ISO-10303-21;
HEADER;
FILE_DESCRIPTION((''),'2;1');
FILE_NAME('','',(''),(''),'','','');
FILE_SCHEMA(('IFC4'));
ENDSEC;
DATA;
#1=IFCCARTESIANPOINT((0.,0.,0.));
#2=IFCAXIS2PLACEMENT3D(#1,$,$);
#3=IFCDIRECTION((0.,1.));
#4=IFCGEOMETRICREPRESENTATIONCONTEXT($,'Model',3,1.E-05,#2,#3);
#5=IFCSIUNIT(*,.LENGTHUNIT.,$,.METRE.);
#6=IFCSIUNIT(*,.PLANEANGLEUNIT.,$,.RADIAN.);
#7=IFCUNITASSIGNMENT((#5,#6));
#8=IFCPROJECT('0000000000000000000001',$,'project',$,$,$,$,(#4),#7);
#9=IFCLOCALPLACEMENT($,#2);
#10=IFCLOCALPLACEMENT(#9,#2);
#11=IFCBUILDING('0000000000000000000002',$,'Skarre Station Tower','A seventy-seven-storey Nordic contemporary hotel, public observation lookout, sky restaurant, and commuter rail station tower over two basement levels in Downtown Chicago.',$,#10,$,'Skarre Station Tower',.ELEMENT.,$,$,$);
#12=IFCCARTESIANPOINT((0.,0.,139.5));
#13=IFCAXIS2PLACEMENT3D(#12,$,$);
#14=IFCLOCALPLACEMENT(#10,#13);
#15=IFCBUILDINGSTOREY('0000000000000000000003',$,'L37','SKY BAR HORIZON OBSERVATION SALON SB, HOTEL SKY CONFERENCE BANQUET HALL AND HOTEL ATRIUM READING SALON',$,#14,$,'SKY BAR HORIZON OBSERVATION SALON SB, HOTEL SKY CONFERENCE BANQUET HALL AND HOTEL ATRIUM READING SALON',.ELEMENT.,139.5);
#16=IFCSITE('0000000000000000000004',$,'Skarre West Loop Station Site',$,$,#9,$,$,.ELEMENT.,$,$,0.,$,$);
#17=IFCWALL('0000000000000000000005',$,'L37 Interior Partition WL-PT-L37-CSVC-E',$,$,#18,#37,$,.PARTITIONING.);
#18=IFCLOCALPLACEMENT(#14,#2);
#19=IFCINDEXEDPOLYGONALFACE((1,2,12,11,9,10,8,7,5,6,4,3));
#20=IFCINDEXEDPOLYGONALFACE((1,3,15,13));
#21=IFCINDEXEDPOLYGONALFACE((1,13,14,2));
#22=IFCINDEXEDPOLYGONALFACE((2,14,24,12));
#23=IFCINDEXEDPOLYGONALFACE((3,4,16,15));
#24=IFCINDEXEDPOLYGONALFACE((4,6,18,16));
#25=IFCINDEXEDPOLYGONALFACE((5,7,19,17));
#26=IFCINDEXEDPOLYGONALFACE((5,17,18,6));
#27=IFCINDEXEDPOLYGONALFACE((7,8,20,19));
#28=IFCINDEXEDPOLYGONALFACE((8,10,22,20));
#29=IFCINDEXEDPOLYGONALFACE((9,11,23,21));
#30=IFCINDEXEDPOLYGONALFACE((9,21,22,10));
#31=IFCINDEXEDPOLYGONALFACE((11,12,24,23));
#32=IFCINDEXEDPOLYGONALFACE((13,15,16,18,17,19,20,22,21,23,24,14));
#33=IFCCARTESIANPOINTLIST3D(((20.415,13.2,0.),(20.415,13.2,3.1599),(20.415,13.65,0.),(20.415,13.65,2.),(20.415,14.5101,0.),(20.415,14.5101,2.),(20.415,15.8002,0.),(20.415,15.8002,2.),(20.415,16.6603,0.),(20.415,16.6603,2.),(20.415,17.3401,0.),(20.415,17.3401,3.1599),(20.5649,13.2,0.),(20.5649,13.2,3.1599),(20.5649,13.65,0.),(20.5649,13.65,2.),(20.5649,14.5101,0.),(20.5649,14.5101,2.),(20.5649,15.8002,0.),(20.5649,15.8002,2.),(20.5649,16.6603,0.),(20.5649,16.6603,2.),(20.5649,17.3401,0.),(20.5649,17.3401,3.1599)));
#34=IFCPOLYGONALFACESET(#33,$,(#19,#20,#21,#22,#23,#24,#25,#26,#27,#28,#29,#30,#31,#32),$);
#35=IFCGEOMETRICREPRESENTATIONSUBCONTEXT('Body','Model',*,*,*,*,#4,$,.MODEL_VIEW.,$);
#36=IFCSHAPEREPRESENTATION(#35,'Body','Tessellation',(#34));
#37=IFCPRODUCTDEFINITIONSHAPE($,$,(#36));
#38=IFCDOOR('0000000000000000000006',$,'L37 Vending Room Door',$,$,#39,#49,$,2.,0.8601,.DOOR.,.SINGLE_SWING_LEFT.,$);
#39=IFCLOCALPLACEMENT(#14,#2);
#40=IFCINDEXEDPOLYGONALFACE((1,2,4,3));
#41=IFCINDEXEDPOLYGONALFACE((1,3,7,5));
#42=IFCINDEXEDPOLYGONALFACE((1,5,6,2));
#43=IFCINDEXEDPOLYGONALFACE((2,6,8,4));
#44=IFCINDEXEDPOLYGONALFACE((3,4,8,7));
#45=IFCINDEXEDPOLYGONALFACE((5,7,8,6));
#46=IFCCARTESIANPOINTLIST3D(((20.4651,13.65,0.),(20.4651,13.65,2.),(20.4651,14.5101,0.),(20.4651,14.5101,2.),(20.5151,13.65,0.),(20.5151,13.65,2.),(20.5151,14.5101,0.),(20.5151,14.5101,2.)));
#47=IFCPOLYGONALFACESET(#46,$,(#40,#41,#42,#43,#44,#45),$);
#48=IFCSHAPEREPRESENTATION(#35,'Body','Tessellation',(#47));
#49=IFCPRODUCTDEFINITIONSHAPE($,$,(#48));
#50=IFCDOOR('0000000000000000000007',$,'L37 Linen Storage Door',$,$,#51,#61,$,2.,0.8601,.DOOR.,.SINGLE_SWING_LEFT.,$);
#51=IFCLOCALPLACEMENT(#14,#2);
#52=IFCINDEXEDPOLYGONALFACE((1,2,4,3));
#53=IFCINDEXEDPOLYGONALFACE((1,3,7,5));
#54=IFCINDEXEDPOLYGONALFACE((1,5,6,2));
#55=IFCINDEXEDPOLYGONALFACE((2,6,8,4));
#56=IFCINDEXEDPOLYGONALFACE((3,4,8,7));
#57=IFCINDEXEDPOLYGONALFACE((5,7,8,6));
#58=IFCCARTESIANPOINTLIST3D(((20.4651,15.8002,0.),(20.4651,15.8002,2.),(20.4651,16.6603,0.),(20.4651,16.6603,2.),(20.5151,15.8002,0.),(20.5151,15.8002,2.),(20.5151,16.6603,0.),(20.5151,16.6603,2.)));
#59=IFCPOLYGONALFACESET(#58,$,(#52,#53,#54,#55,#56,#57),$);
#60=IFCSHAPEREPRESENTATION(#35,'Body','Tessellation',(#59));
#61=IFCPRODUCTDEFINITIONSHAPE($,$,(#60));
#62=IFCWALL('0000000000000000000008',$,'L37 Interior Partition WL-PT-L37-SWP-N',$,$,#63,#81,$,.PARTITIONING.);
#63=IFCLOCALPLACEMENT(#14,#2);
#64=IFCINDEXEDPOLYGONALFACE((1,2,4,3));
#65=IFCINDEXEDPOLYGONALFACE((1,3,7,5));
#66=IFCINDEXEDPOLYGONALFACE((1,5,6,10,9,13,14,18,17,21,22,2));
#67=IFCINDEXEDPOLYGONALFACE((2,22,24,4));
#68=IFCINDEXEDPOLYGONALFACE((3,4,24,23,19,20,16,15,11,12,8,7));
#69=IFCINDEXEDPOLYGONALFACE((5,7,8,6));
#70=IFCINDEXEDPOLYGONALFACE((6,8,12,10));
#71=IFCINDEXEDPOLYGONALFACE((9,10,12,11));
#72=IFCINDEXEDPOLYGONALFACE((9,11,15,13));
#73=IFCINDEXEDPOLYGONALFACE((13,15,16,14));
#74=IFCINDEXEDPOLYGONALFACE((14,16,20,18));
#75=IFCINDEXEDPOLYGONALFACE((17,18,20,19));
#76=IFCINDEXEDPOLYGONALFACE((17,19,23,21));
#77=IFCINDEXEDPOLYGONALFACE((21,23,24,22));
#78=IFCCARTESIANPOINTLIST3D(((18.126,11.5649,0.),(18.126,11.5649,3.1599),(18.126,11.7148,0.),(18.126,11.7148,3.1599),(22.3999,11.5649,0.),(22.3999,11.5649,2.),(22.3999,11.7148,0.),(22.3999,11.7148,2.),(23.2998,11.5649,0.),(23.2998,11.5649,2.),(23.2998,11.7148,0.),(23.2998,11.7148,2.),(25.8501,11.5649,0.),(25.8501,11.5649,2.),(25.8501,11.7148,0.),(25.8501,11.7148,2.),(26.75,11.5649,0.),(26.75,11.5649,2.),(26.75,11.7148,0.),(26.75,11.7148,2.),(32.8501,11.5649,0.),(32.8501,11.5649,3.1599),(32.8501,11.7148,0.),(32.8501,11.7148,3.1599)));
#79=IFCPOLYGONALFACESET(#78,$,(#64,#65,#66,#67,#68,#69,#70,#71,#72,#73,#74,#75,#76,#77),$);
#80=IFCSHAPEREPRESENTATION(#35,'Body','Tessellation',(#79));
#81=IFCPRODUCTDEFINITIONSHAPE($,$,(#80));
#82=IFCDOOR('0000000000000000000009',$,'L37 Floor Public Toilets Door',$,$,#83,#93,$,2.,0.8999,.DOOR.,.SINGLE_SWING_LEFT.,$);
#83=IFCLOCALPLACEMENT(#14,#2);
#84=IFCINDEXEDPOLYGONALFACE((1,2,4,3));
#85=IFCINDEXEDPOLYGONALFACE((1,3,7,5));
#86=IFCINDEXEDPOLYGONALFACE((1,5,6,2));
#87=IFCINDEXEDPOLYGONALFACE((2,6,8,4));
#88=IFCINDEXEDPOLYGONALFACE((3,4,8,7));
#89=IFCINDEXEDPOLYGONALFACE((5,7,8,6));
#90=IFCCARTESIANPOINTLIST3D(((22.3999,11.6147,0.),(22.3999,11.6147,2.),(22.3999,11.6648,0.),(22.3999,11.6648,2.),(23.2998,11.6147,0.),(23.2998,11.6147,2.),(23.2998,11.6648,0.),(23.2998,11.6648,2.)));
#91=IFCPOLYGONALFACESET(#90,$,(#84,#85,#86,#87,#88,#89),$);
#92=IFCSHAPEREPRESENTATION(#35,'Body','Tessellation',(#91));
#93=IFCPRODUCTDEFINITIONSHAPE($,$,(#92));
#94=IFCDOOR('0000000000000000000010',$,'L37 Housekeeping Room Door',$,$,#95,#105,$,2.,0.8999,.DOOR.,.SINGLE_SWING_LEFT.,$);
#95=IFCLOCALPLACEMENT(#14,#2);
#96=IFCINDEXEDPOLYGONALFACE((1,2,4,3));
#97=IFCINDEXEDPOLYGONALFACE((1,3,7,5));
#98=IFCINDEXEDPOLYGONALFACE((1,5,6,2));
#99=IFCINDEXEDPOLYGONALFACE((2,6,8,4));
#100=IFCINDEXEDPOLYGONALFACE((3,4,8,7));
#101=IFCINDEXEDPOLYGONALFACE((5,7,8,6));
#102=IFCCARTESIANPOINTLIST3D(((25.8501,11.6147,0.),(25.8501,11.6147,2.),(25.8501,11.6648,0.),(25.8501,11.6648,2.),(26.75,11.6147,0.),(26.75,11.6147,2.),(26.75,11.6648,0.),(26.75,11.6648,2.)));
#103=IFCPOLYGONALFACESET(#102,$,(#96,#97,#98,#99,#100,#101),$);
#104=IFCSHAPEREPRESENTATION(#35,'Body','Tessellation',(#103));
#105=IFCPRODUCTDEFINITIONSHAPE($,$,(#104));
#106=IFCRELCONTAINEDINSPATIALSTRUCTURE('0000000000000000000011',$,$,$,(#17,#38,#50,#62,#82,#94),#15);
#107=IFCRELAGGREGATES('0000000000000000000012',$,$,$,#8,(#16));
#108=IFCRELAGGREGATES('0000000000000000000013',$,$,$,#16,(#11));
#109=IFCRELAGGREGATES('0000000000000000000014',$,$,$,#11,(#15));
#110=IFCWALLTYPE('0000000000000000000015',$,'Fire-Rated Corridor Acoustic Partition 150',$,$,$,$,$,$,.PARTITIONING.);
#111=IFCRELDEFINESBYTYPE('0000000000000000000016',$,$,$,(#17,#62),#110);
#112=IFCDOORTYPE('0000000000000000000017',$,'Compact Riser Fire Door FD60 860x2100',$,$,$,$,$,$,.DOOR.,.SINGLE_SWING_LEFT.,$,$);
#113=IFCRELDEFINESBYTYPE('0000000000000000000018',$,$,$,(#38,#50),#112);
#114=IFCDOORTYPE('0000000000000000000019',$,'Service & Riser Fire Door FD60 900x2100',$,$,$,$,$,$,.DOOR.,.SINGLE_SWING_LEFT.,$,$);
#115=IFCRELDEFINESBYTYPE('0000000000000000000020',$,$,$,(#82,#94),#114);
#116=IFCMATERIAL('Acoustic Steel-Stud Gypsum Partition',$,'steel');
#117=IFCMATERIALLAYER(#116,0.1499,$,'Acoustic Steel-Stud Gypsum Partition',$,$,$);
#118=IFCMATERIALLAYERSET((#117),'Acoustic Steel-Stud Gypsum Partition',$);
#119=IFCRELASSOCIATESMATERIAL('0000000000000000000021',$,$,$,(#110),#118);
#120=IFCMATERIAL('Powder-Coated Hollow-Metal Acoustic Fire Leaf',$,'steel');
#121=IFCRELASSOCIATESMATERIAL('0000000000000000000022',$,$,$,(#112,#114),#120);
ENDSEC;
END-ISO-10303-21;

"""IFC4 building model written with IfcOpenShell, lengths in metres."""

from ifc_helpers import new_model, si_unit, direction, frame, frame_2d, origin, place, context, subcontext, project, spatial, rectangle, extrude, material, layer, layer_set, type_object, element, fill, save


model = new_model("IFC4")

# Units and contexts
model_context = context("Model", 3, precision=1e-05, world=origin(), true_north=direction((0.0, 1.0)))
body_context = subcontext(model_context, "Body", "Model", "MODEL_VIEW")
ifc_project = project(units=[si_unit("LENGTHUNIT", "METRE"), si_unit("PLANEANGLEUNIT", "RADIAN")], contexts=[model_context])

# Site, building, storey
site_placement = place(None, origin())
site = spatial("IfcSite", under=ifc_project, at=site_placement, Name="Skarre West Loop Station Site", CompositionType="ELEMENT", RefElevation=0.0)
building_placement = place(site_placement, origin())
building = spatial("IfcBuilding", under=site, at=building_placement, Name="Skarre Station Tower", Description="A seventy-seven-storey Nordic contemporary hotel, public observation lookout, sky restaurant, and commuter rail station tower over two basement levels in Downtown Chicago.", LongName="Skarre Station Tower", CompositionType="ELEMENT")
storey_placement = place(building_placement, frame((0.0, 0.0, 139.5)))
storey = spatial("IfcBuildingStorey", under=building, at=storey_placement, Name="L37", Description="SKY BAR HORIZON OBSERVATION SALON SB, HOTEL SKY CONFERENCE BANQUET HALL AND HOTEL ATRIUM READING SALON", LongName="SKY BAR HORIZON OBSERVATION SALON SB, HOTEL SKY CONFERENCE BANQUET HALL AND HOTEL ATRIUM READING SALON", CompositionType="ELEMENT", Elevation=139.5)

# Shared definitions
ifc_material_1 = material(Name="Acoustic Steel-Stud Gypsum Partition", Category="steel")
ifc_layer_1 = layer(ifc_material_1, 0.1499, Name="Acoustic Steel-Stud Gypsum Partition")
ifc_layer_set_1 = layer_set([ifc_layer_1], Name="Acoustic Steel-Stud Gypsum Partition")
wall_type_1 = type_object("IfcWallType", Name="Fire-Rated Corridor Acoustic Partition 150", PredefinedType="PARTITIONING", material=ifc_layer_set_1)

# Walls, openings, doors
wall_1_placement = place(storey_placement, frame((20.49, 13.2, 0.0), z_axis=(0.0, 0.0, 1.0), x_axis=(0.0, 1.0, 0.0)))
wall_1 = element("IfcWall", 1, at=wall_1_placement, inside=storey, type_object=wall_type_1, Name="L37 Interior Partition WL-PT-L37-CSVC-E", PredefinedType="PARTITIONING", context=body_context, shape_type="SweptSolid", body=[
    extrude(rectangle(XDim=4.1401, YDim=0.1499, at=frame_2d((2.0701, 0.0))), origin(), (0.0, 0.0, 1.0), 3.1599),
])
opening_1_placement = place(wall_1_placement, frame((0.45, 0.0, 0.0)))
opening_1 = element("IfcOpeningElement", 2, at=opening_1_placement, cuts=wall_1, PredefinedType="OPENING", context=body_context, shape_type="SweptSolid", body=[
    extrude(rectangle(XDim=0.8601, YDim=2.0, at=frame_2d((0.4302, 1.0))), frame((0.0, 0.085, 0.0), z_axis=(0.0, -1.0, 0.0), x_axis=(1.0, 0.0, 0.0)), (0.0, 0.0, 1.0), 0.1699),
])
opening_2_placement = place(wall_1_placement, frame((2.6001, 0.0, 0.0)))
opening_2 = element("IfcOpeningElement", 3, at=opening_2_placement, cuts=wall_1, PredefinedType="OPENING", context=body_context, shape_type="SweptSolid", body=[
    extrude(rectangle(XDim=0.8601, YDim=2.0, at=frame_2d((0.4302, 1.0))), frame((0.0, 0.085, 0.0), z_axis=(0.0, -1.0, 0.0), x_axis=(1.0, 0.0, 0.0)), (0.0, 0.0, 1.0), 0.1699),
])
ifc_material_2 = material(Name="Powder-Coated Hollow-Metal Acoustic Fire Leaf", Category="steel")
door_type_1 = type_object("IfcDoorType", Name="Compact Riser Fire Door FD60 860x2100", OperationType="SINGLE_SWING_LEFT", PredefinedType="DOOR", material=ifc_material_2)
door_1_placement = place(opening_1_placement, origin())
door_1 = element("IfcDoor", 4, at=door_1_placement, inside=storey, type_object=door_type_1, Name="L37 Vending Room Door", OperationType="SINGLE_SWING_LEFT", OverallHeight=2.0, OverallWidth=0.8601, PredefinedType="DOOR", context=body_context, shape_type="SweptSolid", body=[
    extrude(rectangle(XDim=0.8601, YDim=2.0, at=frame_2d((0.4302, 1.0))), frame((0.0, 0.0249, 0.0), z_axis=(0.0, -1.0, 0.0), x_axis=(1.0, 0.0, 0.0)), (0.0, 0.0, 1.0), 0.05),
])
fill(opening_1, door_1)
door_2_placement = place(opening_2_placement, origin())
door_2 = element("IfcDoor", 5, at=door_2_placement, inside=storey, type_object=door_type_1, Name="L37 Linen Storage Door", OperationType="SINGLE_SWING_LEFT", OverallHeight=2.0, OverallWidth=0.8601, PredefinedType="DOOR", context=body_context, shape_type="SweptSolid", body=[
    extrude(rectangle(XDim=0.8601, YDim=2.0, at=frame_2d((0.4302, 1.0))), frame((0.0, 0.0249, 0.0), z_axis=(0.0, -1.0, 0.0), x_axis=(1.0, 0.0, 0.0)), (0.0, 0.0, 1.0), 0.05),
])
fill(opening_2, door_2)
wall_2_placement = place(storey_placement, frame((18.126, 11.6399, 0.0), z_axis=(0.0, 0.0, 1.0), x_axis=(1.0, 0.0, 0.0)))
wall_2 = element("IfcWall", 6, at=wall_2_placement, inside=storey, type_object=wall_type_1, Name="L37 Interior Partition WL-PT-L37-SWP-N", PredefinedType="PARTITIONING", context=body_context, shape_type="SweptSolid", body=[
    extrude(rectangle(XDim=14.7241, YDim=0.1499, at=frame_2d((7.3621, 0.0))), origin(), (0.0, 0.0, 1.0), 3.1599),
])
opening_3_placement = place(wall_2_placement, frame((4.2739, 0.0, 0.0)))
opening_3 = element("IfcOpeningElement", 7, at=opening_3_placement, cuts=wall_2, PredefinedType="OPENING", context=body_context, shape_type="SweptSolid", body=[
    extrude(rectangle(XDim=0.8999, YDim=2.0, at=frame_2d((0.45, 1.0))), frame((0.0, 0.085, 0.0), z_axis=(0.0, -1.0, 0.0), x_axis=(1.0, 0.0, 0.0)), (0.0, 0.0, 1.0), 0.1699),
])
opening_4_placement = place(wall_2_placement, frame((7.7241, 0.0, 0.0)))
opening_4 = element("IfcOpeningElement", 8, at=opening_4_placement, cuts=wall_2, PredefinedType="OPENING", context=body_context, shape_type="SweptSolid", body=[
    extrude(rectangle(XDim=0.8999, YDim=2.0, at=frame_2d((0.45, 1.0))), frame((0.0, 0.085, 0.0), z_axis=(0.0, -1.0, 0.0), x_axis=(1.0, 0.0, 0.0)), (0.0, 0.0, 1.0), 0.1699),
])
door_type_2 = type_object("IfcDoorType", Name="Service & Riser Fire Door FD60 900x2100", OperationType="SINGLE_SWING_LEFT", PredefinedType="DOOR", material=ifc_material_2)
door_3_placement = place(opening_3_placement, origin())
door_3 = element("IfcDoor", 9, at=door_3_placement, inside=storey, type_object=door_type_2, Name="L37 Floor Public Toilets Door", OperationType="SINGLE_SWING_LEFT", OverallHeight=2.0, OverallWidth=0.8999, PredefinedType="DOOR", context=body_context, shape_type="SweptSolid", body=[
    extrude(rectangle(XDim=0.8999, YDim=2.0, at=frame_2d((0.45, 1.0))), frame((0.0, 0.0249, 0.0), z_axis=(0.0, -1.0, 0.0), x_axis=(1.0, 0.0, 0.0)), (0.0, 0.0, 1.0), 0.05),
])
fill(opening_3, door_3)
door_4_placement = place(opening_4_placement, origin())
door_4 = element("IfcDoor", 10, at=door_4_placement, inside=storey, type_object=door_type_2, Name="L37 Housekeeping Room Door", OperationType="SINGLE_SWING_LEFT", OverallHeight=2.0, OverallWidth=0.8999, PredefinedType="DOOR", context=body_context, shape_type="SweptSolid", body=[
    extrude(rectangle(XDim=0.8999, YDim=2.0, at=frame_2d((0.45, 1.0))), frame((0.0, 0.0249, 0.0), z_axis=(0.0, -1.0, 0.0), x_axis=(1.0, 0.0, 0.0)), (0.0, 0.0, 1.0), 0.05),
])
fill(opening_4, door_4)

save(model, "model.ifc")
